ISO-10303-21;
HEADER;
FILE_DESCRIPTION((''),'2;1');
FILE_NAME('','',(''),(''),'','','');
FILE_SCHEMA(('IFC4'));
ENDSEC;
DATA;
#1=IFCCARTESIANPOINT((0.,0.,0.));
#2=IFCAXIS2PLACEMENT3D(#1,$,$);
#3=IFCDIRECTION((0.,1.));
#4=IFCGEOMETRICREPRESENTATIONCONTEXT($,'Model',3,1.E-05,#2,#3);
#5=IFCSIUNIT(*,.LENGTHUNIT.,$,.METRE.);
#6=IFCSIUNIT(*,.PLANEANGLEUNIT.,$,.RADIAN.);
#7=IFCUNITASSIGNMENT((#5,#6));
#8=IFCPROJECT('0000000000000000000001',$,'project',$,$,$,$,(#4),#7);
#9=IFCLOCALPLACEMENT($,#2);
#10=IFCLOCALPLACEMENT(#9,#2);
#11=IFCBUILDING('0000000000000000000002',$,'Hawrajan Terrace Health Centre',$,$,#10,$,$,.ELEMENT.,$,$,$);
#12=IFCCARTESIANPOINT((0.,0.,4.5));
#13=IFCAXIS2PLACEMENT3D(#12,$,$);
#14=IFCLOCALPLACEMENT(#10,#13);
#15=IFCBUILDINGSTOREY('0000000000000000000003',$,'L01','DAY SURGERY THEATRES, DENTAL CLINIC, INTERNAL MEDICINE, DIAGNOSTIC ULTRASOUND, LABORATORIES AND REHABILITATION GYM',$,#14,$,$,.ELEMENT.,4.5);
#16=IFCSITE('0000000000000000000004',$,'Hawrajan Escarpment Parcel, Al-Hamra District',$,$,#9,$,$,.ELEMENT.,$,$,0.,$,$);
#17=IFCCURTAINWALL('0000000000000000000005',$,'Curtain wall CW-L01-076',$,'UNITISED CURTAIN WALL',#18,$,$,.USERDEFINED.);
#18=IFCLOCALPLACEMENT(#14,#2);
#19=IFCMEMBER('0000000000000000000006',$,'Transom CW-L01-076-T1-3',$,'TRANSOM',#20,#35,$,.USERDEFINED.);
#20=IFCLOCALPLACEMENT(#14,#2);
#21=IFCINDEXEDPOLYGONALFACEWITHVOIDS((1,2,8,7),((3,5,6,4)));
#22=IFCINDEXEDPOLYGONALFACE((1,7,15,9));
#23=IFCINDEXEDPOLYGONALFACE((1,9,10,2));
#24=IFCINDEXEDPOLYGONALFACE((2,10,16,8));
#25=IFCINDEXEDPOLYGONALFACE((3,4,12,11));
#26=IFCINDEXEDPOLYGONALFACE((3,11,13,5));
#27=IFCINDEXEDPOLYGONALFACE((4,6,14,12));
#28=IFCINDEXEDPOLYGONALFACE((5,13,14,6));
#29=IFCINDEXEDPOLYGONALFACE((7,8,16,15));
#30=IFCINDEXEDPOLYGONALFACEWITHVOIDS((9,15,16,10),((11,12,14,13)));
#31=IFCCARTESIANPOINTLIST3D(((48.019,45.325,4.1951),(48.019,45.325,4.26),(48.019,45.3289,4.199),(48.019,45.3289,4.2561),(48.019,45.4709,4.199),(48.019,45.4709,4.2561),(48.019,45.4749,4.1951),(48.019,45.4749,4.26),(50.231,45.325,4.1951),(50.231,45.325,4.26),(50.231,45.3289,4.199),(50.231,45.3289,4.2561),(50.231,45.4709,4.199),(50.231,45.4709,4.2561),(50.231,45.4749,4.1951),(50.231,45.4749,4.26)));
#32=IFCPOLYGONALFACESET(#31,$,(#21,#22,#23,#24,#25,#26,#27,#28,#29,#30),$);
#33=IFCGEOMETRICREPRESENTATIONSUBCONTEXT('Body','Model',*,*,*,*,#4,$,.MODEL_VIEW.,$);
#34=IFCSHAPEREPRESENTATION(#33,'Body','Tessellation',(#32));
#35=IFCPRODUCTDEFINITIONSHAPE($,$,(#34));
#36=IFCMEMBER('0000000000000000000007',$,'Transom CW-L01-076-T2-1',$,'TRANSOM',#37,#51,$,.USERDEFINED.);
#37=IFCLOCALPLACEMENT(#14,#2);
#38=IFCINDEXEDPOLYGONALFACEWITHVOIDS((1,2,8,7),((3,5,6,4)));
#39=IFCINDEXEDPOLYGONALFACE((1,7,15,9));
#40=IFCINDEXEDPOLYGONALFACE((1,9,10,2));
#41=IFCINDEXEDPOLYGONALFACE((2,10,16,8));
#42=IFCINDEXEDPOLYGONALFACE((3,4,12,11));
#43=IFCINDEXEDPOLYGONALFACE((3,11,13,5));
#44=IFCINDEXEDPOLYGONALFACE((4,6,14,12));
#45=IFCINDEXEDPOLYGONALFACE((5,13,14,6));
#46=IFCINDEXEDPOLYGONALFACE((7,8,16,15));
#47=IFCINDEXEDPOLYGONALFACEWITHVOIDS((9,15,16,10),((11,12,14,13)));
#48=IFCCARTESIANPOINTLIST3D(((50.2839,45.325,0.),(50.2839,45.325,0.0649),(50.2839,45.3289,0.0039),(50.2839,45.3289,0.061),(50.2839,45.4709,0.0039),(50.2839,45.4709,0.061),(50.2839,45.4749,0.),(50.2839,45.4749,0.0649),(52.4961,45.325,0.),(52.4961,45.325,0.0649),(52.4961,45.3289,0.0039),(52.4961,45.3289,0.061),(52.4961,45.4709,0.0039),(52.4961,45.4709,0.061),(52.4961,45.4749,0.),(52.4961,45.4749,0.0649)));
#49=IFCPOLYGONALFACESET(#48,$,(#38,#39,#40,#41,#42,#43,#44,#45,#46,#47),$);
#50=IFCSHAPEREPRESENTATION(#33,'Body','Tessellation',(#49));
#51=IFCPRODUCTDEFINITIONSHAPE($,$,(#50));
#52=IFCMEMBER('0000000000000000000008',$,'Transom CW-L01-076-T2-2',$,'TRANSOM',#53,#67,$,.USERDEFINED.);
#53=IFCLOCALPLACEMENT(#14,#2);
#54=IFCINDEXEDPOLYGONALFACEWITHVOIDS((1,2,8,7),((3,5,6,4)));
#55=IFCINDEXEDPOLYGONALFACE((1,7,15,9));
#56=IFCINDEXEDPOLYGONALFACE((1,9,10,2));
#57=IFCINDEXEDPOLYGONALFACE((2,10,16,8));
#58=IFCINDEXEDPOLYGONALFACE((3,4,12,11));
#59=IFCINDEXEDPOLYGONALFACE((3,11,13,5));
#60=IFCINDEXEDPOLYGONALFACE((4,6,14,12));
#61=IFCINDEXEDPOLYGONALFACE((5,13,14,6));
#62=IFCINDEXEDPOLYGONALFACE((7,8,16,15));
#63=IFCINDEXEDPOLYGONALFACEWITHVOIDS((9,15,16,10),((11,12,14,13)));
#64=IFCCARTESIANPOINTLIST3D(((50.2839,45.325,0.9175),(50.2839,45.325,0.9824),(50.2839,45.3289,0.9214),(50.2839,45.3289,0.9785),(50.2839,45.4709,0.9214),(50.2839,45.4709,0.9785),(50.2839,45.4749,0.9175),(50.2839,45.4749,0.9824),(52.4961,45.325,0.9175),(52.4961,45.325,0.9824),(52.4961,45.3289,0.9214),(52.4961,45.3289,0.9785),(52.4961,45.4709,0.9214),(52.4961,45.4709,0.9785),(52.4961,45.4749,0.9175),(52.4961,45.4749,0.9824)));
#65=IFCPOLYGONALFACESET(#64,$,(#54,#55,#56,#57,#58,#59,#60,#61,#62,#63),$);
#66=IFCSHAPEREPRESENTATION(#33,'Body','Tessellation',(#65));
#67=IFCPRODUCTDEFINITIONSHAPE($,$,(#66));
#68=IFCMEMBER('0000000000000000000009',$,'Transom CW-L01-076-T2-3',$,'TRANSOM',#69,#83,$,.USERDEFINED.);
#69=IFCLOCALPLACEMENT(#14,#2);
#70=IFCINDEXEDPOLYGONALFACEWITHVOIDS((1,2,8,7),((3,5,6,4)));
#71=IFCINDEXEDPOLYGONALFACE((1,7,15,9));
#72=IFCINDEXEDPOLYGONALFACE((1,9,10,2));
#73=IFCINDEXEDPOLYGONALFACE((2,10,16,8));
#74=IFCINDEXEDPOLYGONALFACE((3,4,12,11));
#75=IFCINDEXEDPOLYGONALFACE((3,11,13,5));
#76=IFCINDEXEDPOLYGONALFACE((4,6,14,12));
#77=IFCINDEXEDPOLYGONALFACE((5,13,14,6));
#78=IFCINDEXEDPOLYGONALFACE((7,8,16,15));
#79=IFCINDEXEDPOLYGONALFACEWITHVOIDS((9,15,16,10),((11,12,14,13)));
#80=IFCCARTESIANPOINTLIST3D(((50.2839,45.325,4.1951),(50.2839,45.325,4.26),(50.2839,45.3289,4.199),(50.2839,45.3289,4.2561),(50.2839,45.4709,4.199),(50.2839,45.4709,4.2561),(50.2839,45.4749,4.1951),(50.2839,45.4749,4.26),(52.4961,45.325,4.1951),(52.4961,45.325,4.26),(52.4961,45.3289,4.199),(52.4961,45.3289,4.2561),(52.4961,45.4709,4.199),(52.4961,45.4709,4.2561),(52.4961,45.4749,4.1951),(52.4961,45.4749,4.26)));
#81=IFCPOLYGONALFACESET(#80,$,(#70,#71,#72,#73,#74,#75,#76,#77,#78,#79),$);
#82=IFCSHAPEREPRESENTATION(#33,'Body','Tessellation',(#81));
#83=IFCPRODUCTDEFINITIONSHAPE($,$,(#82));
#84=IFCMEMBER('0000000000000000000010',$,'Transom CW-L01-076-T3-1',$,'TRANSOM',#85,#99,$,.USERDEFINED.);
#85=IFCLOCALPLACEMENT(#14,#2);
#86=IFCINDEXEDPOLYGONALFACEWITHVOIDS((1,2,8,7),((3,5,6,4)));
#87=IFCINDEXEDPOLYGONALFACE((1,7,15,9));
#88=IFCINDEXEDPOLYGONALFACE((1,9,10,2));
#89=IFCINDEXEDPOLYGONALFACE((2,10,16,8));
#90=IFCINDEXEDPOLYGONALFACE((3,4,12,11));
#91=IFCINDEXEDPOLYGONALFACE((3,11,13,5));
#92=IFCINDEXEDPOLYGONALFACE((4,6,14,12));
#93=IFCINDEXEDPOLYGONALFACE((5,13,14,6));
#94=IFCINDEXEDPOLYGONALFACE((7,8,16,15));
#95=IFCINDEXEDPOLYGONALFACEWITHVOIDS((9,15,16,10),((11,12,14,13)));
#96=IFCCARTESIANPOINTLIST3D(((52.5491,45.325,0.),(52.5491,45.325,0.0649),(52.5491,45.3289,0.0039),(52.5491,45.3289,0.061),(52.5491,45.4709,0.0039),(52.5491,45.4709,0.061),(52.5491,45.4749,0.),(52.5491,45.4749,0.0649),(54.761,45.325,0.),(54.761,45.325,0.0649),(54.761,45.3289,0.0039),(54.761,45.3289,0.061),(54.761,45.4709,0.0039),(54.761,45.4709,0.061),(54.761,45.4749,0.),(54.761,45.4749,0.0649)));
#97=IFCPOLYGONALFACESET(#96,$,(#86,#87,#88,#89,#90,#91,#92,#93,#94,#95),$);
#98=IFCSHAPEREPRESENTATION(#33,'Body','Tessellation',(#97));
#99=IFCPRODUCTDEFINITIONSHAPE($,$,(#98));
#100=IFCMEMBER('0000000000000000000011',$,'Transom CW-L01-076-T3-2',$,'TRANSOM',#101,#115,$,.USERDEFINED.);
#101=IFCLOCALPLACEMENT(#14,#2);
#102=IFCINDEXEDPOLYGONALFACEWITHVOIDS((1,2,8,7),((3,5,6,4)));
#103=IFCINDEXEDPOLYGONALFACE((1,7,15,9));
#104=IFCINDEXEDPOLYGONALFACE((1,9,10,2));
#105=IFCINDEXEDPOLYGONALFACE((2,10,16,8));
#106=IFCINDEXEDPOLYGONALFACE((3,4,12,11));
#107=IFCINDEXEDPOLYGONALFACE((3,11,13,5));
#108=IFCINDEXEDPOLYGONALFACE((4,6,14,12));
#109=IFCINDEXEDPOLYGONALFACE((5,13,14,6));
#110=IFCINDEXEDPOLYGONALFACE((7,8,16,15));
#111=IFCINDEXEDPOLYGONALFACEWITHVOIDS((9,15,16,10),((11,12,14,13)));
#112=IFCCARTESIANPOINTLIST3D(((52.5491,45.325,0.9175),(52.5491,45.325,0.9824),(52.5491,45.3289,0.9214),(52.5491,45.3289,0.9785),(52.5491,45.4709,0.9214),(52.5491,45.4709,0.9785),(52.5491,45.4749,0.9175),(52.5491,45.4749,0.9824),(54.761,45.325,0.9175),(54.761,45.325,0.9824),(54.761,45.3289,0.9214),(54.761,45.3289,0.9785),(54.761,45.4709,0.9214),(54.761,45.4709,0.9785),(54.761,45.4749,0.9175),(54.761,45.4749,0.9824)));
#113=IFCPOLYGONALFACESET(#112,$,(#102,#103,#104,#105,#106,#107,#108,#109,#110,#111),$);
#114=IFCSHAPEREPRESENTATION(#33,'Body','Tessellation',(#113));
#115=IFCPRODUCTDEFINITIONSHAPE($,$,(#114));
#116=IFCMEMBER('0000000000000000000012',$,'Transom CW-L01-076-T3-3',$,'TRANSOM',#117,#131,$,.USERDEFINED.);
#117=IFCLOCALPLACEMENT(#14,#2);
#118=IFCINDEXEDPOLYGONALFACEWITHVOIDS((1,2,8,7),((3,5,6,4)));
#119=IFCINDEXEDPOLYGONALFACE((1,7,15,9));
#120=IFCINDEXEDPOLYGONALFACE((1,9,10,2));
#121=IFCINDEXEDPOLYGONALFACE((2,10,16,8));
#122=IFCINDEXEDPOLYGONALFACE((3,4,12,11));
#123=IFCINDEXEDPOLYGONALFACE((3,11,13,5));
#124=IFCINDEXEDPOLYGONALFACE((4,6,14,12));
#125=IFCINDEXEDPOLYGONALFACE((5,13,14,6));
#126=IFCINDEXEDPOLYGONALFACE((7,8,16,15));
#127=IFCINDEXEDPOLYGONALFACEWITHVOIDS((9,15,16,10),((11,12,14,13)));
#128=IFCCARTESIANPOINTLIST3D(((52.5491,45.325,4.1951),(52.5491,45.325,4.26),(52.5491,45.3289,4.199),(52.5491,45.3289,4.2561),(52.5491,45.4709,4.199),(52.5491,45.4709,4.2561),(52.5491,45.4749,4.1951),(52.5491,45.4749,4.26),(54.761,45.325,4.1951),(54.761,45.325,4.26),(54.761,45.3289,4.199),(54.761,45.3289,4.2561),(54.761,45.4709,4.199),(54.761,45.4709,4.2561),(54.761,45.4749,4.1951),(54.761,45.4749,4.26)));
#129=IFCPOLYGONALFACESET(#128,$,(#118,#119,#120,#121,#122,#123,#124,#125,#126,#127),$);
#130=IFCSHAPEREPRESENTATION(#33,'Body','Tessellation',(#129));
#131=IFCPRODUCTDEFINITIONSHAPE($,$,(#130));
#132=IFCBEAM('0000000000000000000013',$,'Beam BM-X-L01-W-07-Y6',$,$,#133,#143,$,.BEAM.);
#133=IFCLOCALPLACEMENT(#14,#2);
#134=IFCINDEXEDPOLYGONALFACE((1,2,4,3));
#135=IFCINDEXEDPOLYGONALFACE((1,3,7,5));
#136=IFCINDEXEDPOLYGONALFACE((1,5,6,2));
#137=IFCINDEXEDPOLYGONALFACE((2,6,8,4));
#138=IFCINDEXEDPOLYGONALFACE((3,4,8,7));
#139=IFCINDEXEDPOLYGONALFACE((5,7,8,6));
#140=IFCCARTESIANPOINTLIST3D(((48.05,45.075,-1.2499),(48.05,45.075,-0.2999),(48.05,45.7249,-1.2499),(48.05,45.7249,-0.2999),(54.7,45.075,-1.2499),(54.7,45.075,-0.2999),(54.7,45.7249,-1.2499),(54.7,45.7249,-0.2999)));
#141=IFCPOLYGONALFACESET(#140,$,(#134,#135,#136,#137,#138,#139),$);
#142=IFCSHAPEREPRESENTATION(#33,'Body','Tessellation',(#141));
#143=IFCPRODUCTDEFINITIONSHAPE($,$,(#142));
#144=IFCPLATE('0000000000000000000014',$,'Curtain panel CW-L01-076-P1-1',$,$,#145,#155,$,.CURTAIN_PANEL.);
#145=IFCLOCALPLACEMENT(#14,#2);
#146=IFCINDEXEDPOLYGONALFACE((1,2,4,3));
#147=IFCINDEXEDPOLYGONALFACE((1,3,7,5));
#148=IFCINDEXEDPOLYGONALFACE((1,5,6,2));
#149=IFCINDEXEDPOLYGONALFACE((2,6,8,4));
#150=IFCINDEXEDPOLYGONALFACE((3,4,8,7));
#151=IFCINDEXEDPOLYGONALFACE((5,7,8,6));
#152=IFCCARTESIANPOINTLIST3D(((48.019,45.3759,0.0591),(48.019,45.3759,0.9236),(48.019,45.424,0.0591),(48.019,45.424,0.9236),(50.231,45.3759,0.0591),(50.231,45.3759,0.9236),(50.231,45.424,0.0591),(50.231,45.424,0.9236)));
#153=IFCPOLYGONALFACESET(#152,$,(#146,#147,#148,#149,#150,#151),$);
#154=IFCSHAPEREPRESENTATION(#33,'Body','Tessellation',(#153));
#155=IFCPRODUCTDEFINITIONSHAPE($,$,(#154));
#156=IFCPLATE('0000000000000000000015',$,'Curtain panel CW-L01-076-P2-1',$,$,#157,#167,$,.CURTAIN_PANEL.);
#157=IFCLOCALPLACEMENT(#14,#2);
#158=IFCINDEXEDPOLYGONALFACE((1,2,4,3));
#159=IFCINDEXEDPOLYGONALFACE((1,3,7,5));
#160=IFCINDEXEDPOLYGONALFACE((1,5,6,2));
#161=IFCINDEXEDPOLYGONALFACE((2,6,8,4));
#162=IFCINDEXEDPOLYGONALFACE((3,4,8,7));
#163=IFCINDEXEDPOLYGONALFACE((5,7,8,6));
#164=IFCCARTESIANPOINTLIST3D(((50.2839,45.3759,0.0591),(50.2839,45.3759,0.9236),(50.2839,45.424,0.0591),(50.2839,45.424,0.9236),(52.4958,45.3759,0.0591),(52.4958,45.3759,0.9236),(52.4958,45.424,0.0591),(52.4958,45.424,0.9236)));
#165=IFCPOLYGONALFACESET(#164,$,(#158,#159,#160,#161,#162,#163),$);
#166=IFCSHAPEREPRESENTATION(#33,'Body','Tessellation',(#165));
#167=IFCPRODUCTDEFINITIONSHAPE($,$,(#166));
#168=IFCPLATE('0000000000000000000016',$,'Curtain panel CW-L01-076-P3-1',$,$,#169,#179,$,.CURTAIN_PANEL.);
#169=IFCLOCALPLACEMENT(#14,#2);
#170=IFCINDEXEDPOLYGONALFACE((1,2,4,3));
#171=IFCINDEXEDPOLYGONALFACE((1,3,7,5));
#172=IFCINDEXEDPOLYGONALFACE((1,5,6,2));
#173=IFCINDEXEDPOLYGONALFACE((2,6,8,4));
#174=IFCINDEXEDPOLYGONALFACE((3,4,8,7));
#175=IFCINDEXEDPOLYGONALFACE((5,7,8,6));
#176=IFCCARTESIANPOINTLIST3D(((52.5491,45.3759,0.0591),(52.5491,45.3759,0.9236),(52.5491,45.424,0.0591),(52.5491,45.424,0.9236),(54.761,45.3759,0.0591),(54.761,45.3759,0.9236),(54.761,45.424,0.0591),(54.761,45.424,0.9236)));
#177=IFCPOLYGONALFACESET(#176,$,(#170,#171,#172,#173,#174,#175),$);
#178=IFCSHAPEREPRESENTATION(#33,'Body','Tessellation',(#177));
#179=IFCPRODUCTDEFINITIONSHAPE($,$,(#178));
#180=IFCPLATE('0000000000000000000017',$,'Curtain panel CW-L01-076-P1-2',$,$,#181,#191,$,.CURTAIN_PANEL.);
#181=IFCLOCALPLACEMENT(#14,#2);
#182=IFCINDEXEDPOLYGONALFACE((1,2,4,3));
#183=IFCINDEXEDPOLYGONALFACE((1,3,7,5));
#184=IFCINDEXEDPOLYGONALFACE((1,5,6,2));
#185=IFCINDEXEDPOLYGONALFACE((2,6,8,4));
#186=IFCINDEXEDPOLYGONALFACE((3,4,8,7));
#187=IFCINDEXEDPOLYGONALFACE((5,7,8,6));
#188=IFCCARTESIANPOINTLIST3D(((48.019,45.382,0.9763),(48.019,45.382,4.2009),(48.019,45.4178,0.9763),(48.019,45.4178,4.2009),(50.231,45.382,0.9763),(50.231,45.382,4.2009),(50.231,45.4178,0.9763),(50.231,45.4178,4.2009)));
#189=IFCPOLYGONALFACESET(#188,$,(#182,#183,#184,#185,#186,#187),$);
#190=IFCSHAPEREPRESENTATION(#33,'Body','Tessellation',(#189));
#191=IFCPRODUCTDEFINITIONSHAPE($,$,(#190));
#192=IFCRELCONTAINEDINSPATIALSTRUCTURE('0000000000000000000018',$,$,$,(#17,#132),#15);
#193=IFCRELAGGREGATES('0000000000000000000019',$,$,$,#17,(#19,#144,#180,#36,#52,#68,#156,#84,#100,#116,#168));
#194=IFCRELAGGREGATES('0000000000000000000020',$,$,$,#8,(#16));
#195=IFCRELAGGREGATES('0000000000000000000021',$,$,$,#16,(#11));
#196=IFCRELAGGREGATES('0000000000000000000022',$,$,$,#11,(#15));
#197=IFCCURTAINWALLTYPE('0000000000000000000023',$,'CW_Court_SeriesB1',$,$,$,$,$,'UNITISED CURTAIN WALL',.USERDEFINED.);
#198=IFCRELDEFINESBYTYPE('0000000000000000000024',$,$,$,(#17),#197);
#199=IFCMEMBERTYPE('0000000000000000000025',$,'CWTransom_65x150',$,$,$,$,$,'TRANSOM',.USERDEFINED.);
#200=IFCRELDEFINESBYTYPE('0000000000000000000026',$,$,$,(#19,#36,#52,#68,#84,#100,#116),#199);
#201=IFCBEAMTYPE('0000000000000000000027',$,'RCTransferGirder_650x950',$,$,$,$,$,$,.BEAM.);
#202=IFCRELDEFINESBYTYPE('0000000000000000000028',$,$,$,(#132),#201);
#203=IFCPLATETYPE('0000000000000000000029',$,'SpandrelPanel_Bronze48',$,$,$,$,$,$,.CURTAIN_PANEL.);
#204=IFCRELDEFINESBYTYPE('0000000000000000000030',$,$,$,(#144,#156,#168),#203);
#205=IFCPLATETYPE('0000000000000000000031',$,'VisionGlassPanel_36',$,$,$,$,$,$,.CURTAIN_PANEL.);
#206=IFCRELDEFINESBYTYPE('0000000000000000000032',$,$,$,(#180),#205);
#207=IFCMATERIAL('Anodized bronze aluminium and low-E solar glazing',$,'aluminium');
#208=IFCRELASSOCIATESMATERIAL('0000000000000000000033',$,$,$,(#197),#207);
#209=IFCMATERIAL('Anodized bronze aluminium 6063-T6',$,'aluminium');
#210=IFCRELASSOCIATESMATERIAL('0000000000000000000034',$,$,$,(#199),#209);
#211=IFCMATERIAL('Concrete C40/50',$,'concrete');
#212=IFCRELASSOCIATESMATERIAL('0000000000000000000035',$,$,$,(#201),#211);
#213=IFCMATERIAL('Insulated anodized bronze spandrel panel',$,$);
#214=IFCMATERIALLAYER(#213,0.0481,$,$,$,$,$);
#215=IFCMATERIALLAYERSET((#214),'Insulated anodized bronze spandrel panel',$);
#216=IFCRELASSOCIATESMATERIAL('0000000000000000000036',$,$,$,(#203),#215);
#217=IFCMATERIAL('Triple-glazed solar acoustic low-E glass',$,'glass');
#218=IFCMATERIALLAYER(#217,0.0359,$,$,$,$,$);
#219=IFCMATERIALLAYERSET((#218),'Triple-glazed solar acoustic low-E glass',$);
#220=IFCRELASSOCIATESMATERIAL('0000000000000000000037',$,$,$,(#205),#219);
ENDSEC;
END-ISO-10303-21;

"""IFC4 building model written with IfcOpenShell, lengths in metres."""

from ifc_helpers import new_model, si_unit, direction, frame, origin, origin_2d, place, context, subcontext, project, spatial, rectangle, hollow_rectangle, extrude, material, layer, layer_set, material_profile, profile_set, type_object, element, aggregate, save


model = new_model("IFC4")

# Units and contexts
model_context = context("Model", 3, precision=1e-05, world=origin(), true_north=direction((0.0, 1.0)))
body_context = subcontext(model_context, "Body", "Model", "MODEL_VIEW")
ifc_project = project(units=[si_unit("LENGTHUNIT", "METRE"), si_unit("PLANEANGLEUNIT", "RADIAN")], contexts=[model_context])

# Site, building, storey
site_placement = place(None, origin())
site = spatial("IfcSite", under=ifc_project, at=site_placement, Name="Hawrajan Escarpment Parcel, Al-Hamra District", CompositionType="ELEMENT", RefElevation=0.0)
building_placement = place(site_placement, origin())
building = spatial("IfcBuilding", under=site, at=building_placement, Name="Hawrajan Terrace Health Centre", CompositionType="ELEMENT")
storey_placement = place(building_placement, frame((0.0, 0.0, 4.5)))
storey = spatial("IfcBuildingStorey", under=building, at=storey_placement, Name="L01", Description="DAY SURGERY THEATRES, DENTAL CLINIC, INTERNAL MEDICINE, DIAGNOSTIC ULTRASOUND, LABORATORIES AND REHABILITATION GYM", CompositionType="ELEMENT", Elevation=4.5)

# Shared definitions
ifc_material_1 = material(Name="Anodized bronze aluminium and low-E solar glazing", Category="aluminium")
ifc_material_2 = material(Name="Anodized bronze aluminium 6063-T6", Category="aluminium")

# Curtain wall
curtain_wall_type_1 = type_object("IfcCurtainWallType", Name="CW_Court_SeriesB1", ElementType="UNITISED CURTAIN WALL", PredefinedType="USERDEFINED", material=ifc_material_1)
curtain_wall_1_placement = place(storey_placement, origin())
curtain_wall_1 = element("IfcCurtainWall", 1, at=curtain_wall_1_placement, inside=storey, type_object=curtain_wall_type_1, Name="Curtain wall CW-L01-076", ObjectType="UNITISED CURTAIN WALL", PredefinedType="USERDEFINED")

# Members
ifc_material_profile_1 = material_profile(ifc_material_2, hollow_rectangle(XDim=0.0649, YDim=0.1499, WallThickness=0.0039, at=origin_2d()), Name="CW TRN 65x150")
ifc_profile_set_1 = profile_set([ifc_material_profile_1], Name="Anodized bronze aluminium 6063-T6")
member_type_1 = type_object("IfcMemberType", Name="CWTransom_65x150", ElementType="TRANSOM", PredefinedType="USERDEFINED", material=ifc_profile_set_1)
member_1_placement = place(storey_placement, frame((48.019, 45.3999, 4.2275), z_axis=(1.0, 0.0, 0.0), x_axis=(0.0, 0.0, 1.0)))
member_1 = element("IfcMember", 2, at=member_1_placement, type_object=member_type_1, Name="Transom CW-L01-076-T1-3", ObjectType="TRANSOM", PredefinedType="USERDEFINED", context=body_context, shape_type="SweptSolid", body=[
    extrude(hollow_rectangle(XDim=0.0649, YDim=0.1499, WallThickness=0.0039, at=origin_2d()), origin(), (0.0, 0.0, 1.0), 2.2119),
])
member_2_placement = place(storey_placement, frame((50.2839, 45.3999, 0.0325), z_axis=(1.0, 0.0, 0.0), x_axis=(0.0, 0.0, 1.0)))
member_2 = element("IfcMember", 3, at=member_2_placement, type_object=member_type_1, Name="Transom CW-L01-076-T2-1", ObjectType="TRANSOM", PredefinedType="USERDEFINED", context=body_context, shape_type="SweptSolid", body=[
    extrude(hollow_rectangle(XDim=0.0649, YDim=0.1499, WallThickness=0.0039, at=origin_2d()), origin(), (0.0, 0.0, 1.0), 2.2122),
])
member_3_placement = place(storey_placement, frame((50.2839, 45.3999, 0.95), z_axis=(1.0, 0.0, 0.0), x_axis=(0.0, 0.0, 1.0)))
member_3 = element("IfcMember", 4, at=member_3_placement, type_object=member_type_1, Name="Transom CW-L01-076-T2-2", ObjectType="TRANSOM", PredefinedType="USERDEFINED", context=body_context, shape_type="SweptSolid", body=[
    extrude(hollow_rectangle(XDim=0.0649, YDim=0.1499, WallThickness=0.0039, at=origin_2d()), origin(), (0.0, 0.0, 1.0), 2.2122),
])
member_4_placement = place(storey_placement, frame((50.2839, 45.3999, 4.2275), z_axis=(1.0, 0.0, 0.0), x_axis=(0.0, 0.0, 1.0)))
member_4 = element("IfcMember", 5, at=member_4_placement, type_object=member_type_1, Name="Transom CW-L01-076-T2-3", ObjectType="TRANSOM", PredefinedType="USERDEFINED", context=body_context, shape_type="SweptSolid", body=[
    extrude(hollow_rectangle(XDim=0.0649, YDim=0.1499, WallThickness=0.0039, at=origin_2d()), origin(), (0.0, 0.0, 1.0), 2.2122),
])
member_5_placement = place(storey_placement, frame((52.5491, 45.3999, 0.0325), z_axis=(1.0, 0.0, 0.0), x_axis=(0.0, 0.0, 1.0)))
member_5 = element("IfcMember", 6, at=member_5_placement, type_object=member_type_1, Name="Transom CW-L01-076-T3-1", ObjectType="TRANSOM", PredefinedType="USERDEFINED", context=body_context, shape_type="SweptSolid", body=[
    extrude(hollow_rectangle(XDim=0.0649, YDim=0.1499, WallThickness=0.0039, at=origin_2d()), origin(), (0.0, 0.0, 1.0), 2.2119),
])
member_6_placement = place(storey_placement, frame((52.5491, 45.3999, 0.95), z_axis=(1.0, 0.0, 0.0), x_axis=(0.0, 0.0, 1.0)))
member_6 = element("IfcMember", 7, at=member_6_placement, type_object=member_type_1, Name="Transom CW-L01-076-T3-2", ObjectType="TRANSOM", PredefinedType="USERDEFINED", context=body_context, shape_type="SweptSolid", body=[
    extrude(hollow_rectangle(XDim=0.0649, YDim=0.1499, WallThickness=0.0039, at=origin_2d()), origin(), (0.0, 0.0, 1.0), 2.2119),
])
member_7_placement = place(storey_placement, frame((52.5491, 45.3999, 4.2275), z_axis=(1.0, 0.0, 0.0), x_axis=(0.0, 0.0, 1.0)))
member_7 = element("IfcMember", 8, at=member_7_placement, type_object=member_type_1, Name="Transom CW-L01-076-T3-3", ObjectType="TRANSOM", PredefinedType="USERDEFINED", context=body_context, shape_type="SweptSolid", body=[
    extrude(hollow_rectangle(XDim=0.0649, YDim=0.1499, WallThickness=0.0039, at=origin_2d()), origin(), (0.0, 0.0, 1.0), 2.2119),
])

# Beam
ifc_material_3 = material(Name="Concrete C40/50", Category="concrete")
ifc_material_profile_2 = material_profile(ifc_material_3, rectangle(XDim=0.6499, YDim=0.95, at=origin_2d()), Name="RC TG 650x950")
ifc_profile_set_2 = profile_set([ifc_material_profile_2], Name="Concrete C40/50")
beam_type = type_object("IfcBeamType", Name="RCTransferGirder_650x950", PredefinedType="BEAM", material=ifc_profile_set_2)
beam_placement = place(storey_placement, frame((48.05, 45.3999, -0.7749), z_axis=(1.0, 0.0, 0.0), x_axis=(0.0, 1.0, 0.0)))
element("IfcBeam", 9, at=beam_placement, inside=storey, type_object=beam_type, Name="Beam BM-X-L01-W-07-Y6", PredefinedType="BEAM", context=body_context, shape_type="SweptSolid", body=[
    extrude(rectangle(XDim=0.6499, YDim=0.95, at=origin_2d()), origin(), (0.0, 0.0, 1.0), 6.6499),
])

# Plates
ifc_material_4 = material(Name="Insulated anodized bronze spandrel panel")
ifc_layer_1 = layer(ifc_material_4, 0.0481)
ifc_layer_set_1 = layer_set([ifc_layer_1], Name="Insulated anodized bronze spandrel panel")
plate_type_1 = type_object("IfcPlateType", Name="SpandrelPanel_Bronze48", PredefinedType="CURTAIN_PANEL", material=ifc_layer_set_1)
plate_1_placement = place(storey_placement, frame((49.125, 45.3999, 0.0591), z_axis=(0.0, 0.0, 1.0), x_axis=(1.0, 0.0, 0.0)))
plate_1 = element("IfcPlate", 10, at=plate_1_placement, type_object=plate_type_1, Name="Curtain panel CW-L01-076-P1-1", PredefinedType="CURTAIN_PANEL", context=body_context, shape_type="SweptSolid", body=[
    extrude(rectangle(XDim=2.2119, YDim=0.0481, at=origin_2d()), origin(), (0.0, 0.0, 1.0), 0.8645),
])
plate_2_placement = place(storey_placement, frame((51.3899, 45.3999, 0.0591), z_axis=(0.0, 0.0, 1.0), x_axis=(1.0, 0.0, 0.0)))
plate_2 = element("IfcPlate", 11, at=plate_2_placement, type_object=plate_type_1, Name="Curtain panel CW-L01-076-P2-1", PredefinedType="CURTAIN_PANEL", context=body_context, shape_type="SweptSolid", body=[
    extrude(rectangle(XDim=2.2119, YDim=0.0481, at=origin_2d()), origin(), (0.0, 0.0, 1.0), 0.8645),
])
plate_3_placement = place(storey_placement, frame((53.655, 45.3999, 0.0591), z_axis=(0.0, 0.0, 1.0), x_axis=(1.0, 0.0, 0.0)))
plate_3 = element("IfcPlate", 12, at=plate_3_placement, type_object=plate_type_1, Name="Curtain panel CW-L01-076-P3-1", PredefinedType="CURTAIN_PANEL", context=body_context, shape_type="SweptSolid", body=[
    extrude(rectangle(XDim=2.2119, YDim=0.0481, at=origin_2d()), origin(), (0.0, 0.0, 1.0), 0.8645),
])
ifc_material_5 = material(Name="Triple-glazed solar acoustic low-E glass", Category="glass")
ifc_layer_2 = layer(ifc_material_5, 0.0359)
ifc_layer_set_2 = layer_set([ifc_layer_2], Name="Triple-glazed solar acoustic low-E glass")
plate_type_2 = type_object("IfcPlateType", Name="VisionGlassPanel_36", PredefinedType="CURTAIN_PANEL", material=ifc_layer_set_2)
plate_4_placement = place(storey_placement, frame((49.125, 45.3999, 0.9763), z_axis=(0.0, 0.0, 1.0), x_axis=(1.0, 0.0, 0.0)))
plate_4 = element("IfcPlate", 13, at=plate_4_placement, type_object=plate_type_2, Name="Curtain panel CW-L01-076-P1-2", PredefinedType="CURTAIN_PANEL", context=body_context, shape_type="SweptSolid", body=[
    extrude(rectangle(XDim=2.2119, YDim=0.0359, at=origin_2d()), origin(), (0.0, 0.0, 1.0), 3.2246),
])
aggregate(curtain_wall_1, [member_1, plate_1, plate_4, member_2, member_3, member_4, plate_2, member_5, member_6, member_7, plate_3])

save(model, "model.ifc")
